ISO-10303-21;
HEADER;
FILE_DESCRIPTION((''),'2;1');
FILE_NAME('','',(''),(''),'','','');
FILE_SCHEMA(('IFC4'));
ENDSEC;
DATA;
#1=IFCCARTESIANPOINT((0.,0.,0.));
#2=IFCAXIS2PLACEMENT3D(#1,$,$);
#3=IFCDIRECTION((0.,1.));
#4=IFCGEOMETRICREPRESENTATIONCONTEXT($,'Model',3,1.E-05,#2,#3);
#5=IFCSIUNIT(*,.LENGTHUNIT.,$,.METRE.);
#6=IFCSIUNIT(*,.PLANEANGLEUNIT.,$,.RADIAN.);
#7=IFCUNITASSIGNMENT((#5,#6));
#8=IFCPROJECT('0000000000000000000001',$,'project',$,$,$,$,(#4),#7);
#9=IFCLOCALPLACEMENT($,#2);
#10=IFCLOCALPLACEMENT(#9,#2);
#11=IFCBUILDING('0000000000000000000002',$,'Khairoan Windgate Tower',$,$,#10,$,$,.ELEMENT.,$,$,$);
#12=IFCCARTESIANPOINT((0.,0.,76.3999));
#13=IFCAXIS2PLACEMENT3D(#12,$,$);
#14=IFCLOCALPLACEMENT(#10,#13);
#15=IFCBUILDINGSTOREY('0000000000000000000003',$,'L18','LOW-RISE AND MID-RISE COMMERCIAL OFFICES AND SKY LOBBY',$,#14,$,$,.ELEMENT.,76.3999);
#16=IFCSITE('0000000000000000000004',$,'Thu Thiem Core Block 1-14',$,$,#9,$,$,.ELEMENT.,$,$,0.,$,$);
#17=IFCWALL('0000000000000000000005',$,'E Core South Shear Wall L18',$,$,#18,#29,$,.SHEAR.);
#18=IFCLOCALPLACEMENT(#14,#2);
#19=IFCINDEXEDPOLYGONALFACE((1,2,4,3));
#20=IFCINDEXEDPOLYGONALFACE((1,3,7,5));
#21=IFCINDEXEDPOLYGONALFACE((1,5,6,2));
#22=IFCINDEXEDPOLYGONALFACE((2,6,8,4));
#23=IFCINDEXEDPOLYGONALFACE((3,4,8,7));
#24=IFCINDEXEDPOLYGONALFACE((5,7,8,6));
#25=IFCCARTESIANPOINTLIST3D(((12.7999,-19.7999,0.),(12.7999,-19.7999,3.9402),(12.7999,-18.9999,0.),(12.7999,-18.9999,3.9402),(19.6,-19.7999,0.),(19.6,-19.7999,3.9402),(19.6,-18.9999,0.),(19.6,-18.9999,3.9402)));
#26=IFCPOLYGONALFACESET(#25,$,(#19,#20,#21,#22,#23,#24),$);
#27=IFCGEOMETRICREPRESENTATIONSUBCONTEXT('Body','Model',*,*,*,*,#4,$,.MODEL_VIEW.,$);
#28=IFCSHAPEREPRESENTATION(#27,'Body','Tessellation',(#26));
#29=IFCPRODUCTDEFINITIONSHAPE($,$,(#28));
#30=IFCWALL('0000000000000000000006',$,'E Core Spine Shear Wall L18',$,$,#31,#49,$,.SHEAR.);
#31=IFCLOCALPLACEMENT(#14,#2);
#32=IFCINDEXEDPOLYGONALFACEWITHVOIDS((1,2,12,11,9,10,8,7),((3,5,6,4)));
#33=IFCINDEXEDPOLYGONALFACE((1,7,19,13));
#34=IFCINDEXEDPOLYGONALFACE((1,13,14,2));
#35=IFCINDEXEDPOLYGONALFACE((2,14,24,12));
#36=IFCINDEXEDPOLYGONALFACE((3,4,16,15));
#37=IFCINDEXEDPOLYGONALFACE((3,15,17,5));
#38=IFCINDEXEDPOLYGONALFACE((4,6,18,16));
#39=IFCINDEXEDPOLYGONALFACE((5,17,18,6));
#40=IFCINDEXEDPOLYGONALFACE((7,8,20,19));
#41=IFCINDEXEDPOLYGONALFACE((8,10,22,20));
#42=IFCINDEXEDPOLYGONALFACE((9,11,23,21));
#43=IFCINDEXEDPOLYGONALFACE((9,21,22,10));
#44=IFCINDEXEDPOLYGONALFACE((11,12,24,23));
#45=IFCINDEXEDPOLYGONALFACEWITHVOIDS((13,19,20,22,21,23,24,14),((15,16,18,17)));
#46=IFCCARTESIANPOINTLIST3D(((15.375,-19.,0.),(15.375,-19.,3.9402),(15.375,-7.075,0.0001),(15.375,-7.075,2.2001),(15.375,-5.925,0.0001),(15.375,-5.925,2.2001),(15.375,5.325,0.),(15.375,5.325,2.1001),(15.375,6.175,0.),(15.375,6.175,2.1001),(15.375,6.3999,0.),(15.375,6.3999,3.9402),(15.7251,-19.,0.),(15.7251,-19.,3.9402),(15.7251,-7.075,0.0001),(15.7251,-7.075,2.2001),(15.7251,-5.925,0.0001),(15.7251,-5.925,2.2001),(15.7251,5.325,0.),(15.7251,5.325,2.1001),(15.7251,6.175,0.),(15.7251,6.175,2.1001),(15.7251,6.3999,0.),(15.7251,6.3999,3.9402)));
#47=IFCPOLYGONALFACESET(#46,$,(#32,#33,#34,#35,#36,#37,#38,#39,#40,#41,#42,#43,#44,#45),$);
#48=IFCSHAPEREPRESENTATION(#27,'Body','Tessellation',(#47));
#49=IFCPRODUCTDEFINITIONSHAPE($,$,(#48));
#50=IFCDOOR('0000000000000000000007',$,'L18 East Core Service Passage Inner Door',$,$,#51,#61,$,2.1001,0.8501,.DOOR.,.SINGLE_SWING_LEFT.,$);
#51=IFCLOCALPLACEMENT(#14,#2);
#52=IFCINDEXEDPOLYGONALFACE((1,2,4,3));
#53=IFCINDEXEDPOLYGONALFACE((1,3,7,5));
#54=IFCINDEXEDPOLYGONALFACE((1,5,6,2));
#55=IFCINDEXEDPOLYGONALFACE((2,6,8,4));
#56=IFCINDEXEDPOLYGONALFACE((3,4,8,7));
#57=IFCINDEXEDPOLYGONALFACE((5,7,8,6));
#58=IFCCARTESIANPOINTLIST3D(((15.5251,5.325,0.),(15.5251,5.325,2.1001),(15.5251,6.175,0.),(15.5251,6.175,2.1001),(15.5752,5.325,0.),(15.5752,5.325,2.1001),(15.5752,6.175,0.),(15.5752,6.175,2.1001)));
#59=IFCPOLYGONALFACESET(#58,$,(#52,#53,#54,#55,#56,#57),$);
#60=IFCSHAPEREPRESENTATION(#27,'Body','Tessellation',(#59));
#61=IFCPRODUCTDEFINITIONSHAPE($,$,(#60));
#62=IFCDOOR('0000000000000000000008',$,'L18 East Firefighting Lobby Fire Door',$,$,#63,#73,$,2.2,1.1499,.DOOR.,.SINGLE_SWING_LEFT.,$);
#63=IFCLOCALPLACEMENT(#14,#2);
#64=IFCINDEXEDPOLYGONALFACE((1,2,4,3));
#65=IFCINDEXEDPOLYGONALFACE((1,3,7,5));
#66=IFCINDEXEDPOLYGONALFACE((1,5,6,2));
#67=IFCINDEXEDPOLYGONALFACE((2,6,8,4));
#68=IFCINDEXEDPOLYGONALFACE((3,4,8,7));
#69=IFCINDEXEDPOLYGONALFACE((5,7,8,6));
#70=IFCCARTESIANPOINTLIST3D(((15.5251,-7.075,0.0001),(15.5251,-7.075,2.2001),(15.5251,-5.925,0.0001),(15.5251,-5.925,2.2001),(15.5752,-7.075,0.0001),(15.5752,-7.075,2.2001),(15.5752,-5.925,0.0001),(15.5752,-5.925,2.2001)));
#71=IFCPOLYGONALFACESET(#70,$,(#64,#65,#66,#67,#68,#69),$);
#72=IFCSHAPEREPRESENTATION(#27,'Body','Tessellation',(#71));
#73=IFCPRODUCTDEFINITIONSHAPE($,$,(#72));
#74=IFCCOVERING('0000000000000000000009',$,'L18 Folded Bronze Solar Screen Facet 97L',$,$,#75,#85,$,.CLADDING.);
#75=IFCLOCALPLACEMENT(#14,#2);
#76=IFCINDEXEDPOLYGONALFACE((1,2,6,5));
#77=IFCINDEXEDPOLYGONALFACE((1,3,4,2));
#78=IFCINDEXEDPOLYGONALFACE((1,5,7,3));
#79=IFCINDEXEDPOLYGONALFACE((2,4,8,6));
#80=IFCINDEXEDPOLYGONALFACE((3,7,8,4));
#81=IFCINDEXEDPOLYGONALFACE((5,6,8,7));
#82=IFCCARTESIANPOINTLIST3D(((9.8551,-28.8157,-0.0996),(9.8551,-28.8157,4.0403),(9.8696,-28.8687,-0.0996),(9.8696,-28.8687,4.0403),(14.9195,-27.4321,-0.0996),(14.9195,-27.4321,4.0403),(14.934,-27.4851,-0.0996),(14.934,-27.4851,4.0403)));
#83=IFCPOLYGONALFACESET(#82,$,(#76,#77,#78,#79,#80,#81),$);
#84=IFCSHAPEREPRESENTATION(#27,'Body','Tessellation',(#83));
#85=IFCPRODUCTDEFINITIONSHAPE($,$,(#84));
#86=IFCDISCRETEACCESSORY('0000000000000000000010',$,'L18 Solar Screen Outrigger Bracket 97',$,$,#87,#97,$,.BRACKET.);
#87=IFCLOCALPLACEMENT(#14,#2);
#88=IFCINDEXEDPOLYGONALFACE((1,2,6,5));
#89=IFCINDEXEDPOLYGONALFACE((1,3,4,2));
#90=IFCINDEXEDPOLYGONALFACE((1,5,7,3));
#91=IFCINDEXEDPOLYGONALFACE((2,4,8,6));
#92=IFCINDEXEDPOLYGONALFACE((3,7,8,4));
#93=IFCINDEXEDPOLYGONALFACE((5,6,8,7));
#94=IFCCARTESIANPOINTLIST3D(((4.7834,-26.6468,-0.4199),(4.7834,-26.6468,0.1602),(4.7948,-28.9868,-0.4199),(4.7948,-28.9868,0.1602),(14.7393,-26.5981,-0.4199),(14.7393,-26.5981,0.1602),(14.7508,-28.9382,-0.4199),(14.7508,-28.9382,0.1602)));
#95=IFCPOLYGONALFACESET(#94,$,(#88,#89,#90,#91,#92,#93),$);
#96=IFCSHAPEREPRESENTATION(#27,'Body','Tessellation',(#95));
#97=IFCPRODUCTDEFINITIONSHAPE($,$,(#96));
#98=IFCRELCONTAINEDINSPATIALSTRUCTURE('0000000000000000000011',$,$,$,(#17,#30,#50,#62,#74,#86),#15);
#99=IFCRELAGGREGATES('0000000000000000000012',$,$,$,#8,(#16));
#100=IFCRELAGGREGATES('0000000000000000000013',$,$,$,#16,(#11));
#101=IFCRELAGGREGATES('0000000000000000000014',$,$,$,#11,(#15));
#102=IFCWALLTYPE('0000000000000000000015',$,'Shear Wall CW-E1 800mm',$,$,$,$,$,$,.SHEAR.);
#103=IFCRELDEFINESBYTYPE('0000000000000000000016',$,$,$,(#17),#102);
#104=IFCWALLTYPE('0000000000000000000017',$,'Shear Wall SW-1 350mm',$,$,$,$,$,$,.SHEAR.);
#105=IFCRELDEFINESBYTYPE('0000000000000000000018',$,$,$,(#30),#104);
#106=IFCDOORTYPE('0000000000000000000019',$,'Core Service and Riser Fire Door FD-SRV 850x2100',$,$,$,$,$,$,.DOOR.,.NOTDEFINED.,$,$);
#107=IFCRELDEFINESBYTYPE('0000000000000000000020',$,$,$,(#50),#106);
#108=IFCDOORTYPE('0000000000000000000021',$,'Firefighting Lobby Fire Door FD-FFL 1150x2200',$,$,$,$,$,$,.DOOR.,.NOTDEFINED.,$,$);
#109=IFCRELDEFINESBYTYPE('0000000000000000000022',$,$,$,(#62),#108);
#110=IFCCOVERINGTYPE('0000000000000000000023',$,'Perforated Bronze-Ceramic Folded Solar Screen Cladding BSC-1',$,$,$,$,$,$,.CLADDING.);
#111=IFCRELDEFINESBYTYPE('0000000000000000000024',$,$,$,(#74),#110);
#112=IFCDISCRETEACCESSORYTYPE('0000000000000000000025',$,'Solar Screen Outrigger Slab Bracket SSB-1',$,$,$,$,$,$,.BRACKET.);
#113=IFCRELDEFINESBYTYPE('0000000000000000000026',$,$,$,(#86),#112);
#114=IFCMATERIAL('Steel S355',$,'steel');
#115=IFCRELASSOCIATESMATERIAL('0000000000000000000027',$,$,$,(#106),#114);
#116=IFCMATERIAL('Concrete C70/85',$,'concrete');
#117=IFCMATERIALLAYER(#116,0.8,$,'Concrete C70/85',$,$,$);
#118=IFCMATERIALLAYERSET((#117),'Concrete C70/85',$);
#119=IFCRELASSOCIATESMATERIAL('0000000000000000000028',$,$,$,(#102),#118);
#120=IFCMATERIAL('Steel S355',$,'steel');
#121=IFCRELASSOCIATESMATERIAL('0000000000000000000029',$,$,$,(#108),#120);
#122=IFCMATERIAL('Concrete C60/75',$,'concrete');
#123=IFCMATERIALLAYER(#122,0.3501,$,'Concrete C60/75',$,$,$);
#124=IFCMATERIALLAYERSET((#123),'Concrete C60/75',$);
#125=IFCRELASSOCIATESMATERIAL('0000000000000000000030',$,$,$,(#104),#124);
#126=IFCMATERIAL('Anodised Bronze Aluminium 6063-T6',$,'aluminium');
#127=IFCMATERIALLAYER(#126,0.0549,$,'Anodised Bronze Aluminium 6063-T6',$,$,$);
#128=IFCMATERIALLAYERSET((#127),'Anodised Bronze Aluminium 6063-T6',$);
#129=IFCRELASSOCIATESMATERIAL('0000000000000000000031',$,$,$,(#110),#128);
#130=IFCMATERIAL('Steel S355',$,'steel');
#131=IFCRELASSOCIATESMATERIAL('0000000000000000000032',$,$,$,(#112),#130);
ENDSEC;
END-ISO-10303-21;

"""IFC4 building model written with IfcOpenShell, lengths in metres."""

from ifc_helpers import new_model, si_unit, direction, frame, frame_2d, origin, origin_2d, place, context, subcontext, project, spatial, rectangle, extrude, material, layer, layer_set, type_object, element, fill, save


model = new_model("IFC4")

# Units and contexts
model_context = context("Model", 3, precision=1e-05, world=origin(), true_north=direction((0.0, 1.0)))
body_context = subcontext(model_context, "Body", "Model", "MODEL_VIEW")
ifc_project = project(units=[si_unit("LENGTHUNIT", "METRE"), si_unit("PLANEANGLEUNIT", "RADIAN")], contexts=[model_context])

# Site, building, storey
site_placement = place(None, origin())
site = spatial("IfcSite", under=ifc_project, at=site_placement, Name="Thu Thiem Core Block 1-14", CompositionType="ELEMENT", RefElevation=0.0)
building_placement = place(site_placement, origin())
building = spatial("IfcBuilding", under=site, at=building_placement, Name="Khairoan Windgate Tower", CompositionType="ELEMENT")
storey_placement = place(building_placement, frame((0.0, 0.0, 76.3999)))
storey = spatial("IfcBuildingStorey", under=building, at=storey_placement, Name="L18", Description="LOW-RISE AND MID-RISE COMMERCIAL OFFICES AND SKY LOBBY", CompositionType="ELEMENT", Elevation=76.3999)

# Shared definitions
ifc_material_1 = material(Name="Steel S355", Category="steel")
door_type_1 = type_object("IfcDoorType", Name="Core Service and Riser Fire Door FD-SRV 850x2100", OperationType="NOTDEFINED", PredefinedType="DOOR", material=ifc_material_1)

# Shared definitions
ifc_material_2 = material(Name="Concrete C70/85", Category="concrete")
ifc_layer_1 = layer(ifc_material_2, 0.8, Name="Concrete C70/85")
ifc_layer_set_1 = layer_set([ifc_layer_1], Name="Concrete C70/85")
wall_type_1 = type_object("IfcWallType", Name="Shear Wall CW-E1 800mm", PredefinedType="SHEAR", material=ifc_layer_set_1)
ifc_material_3 = material(Name="Steel S355", Category="steel")
door_type_2 = type_object("IfcDoorType", Name="Firefighting Lobby Fire Door FD-FFL 1150x2200", OperationType="NOTDEFINED", PredefinedType="DOOR", material=ifc_material_3)

# Wall
wall_1_placement = place(storey_placement, frame((12.8, -19.3999, 0.0), z_axis=(0.0, 0.0, 1.0), x_axis=(1.0, 0.0, 0.0)))
element("IfcWall", 1, at=wall_1_placement, inside=storey, type_object=wall_type_1, Name="E Core South Shear Wall L18", PredefinedType="SHEAR", context=body_context, shape_type="SweptSolid", body=[
    extrude(rectangle(XDim=6.8, YDim=0.8, at=frame_2d((3.3999, 0.0))), origin(), (0.0, 0.0, 1.0), 3.9402),
])

# Wall, openings, doors
ifc_material_4 = material(Name="Concrete C60/75", Category="concrete")
ifc_layer_2 = layer(ifc_material_4, 0.3501, Name="Concrete C60/75")
ifc_layer_set_2 = layer_set([ifc_layer_2], Name="Concrete C60/75")
wall_type_2 = type_object("IfcWallType", Name="Shear Wall SW-1 350mm", PredefinedType="SHEAR", material=ifc_layer_set_2)
wall_2_placement = place(storey_placement, frame((15.55, -19.0, 0.0), z_axis=(0.0, 0.0, 1.0), x_axis=(0.0, 1.0, 0.0)))
wall_2 = element("IfcWall", 2, at=wall_2_placement, inside=storey, type_object=wall_type_2, Name="E Core Spine Shear Wall L18", PredefinedType="SHEAR", context=body_context, shape_type="SweptSolid", body=[
    extrude(rectangle(XDim=25.3999, YDim=0.3501, at=frame_2d((12.7, 0.0))), origin(), (0.0, 0.0, 1.0), 3.9402),
])
opening_1_placement = place(wall_2_placement, frame((11.925, 0.0, 0.0)))
opening_1 = element("IfcOpeningElement", 3, at=opening_1_placement, cuts=wall_2, PredefinedType="OPENING", context=body_context, shape_type="SweptSolid", body=[
    extrude(rectangle(XDim=1.1499, YDim=2.2, at=frame_2d((0.575, 1.1001))), frame((0.0, 0.1851, 0.0), z_axis=(0.0, -1.0, 0.0), x_axis=(1.0, 0.0, 0.0)), (0.0, 0.0, 1.0), 0.3701),
])
opening_2_placement = place(wall_2_placement, frame((24.325, 0.0, 0.0)))
opening_2 = element("IfcOpeningElement", 4, at=opening_2_placement, cuts=wall_2, PredefinedType="OPENING", context=body_context, shape_type="SweptSolid", body=[
    extrude(rectangle(XDim=0.8501, YDim=2.1001, at=frame_2d((0.425, 1.05))), frame((0.0, 0.1851, 0.0), z_axis=(0.0, -1.0, 0.0), x_axis=(1.0, 0.0, 0.0)), (0.0, 0.0, 1.0), 0.3701),
])
door_1_placement = place(opening_2_placement, origin())
door_1 = element("IfcDoor", 5, at=door_1_placement, inside=storey, type_object=door_type_1, Name="L18 East Core Service Passage Inner Door", OperationType="SINGLE_SWING_LEFT", OverallHeight=2.1001, OverallWidth=0.8501, PredefinedType="DOOR", context=body_context, shape_type="SweptSolid", body=[
    extrude(rectangle(XDim=0.8501, YDim=2.1001, at=frame_2d((0.425, 1.05))), frame((0.0, 0.0249, 0.0), z_axis=(0.0, -1.0, 0.0), x_axis=(1.0, 0.0, 0.0)), (0.0, 0.0, 1.0), 0.05),
])
fill(opening_2, door_1)
door_2_placement = place(opening_1_placement, origin())
door_2 = element("IfcDoor", 6, at=door_2_placement, inside=storey, type_object=door_type_2, Name="L18 East Firefighting Lobby Fire Door", OperationType="SINGLE_SWING_LEFT", OverallHeight=2.2, OverallWidth=1.1499, PredefinedType="DOOR", context=body_context, shape_type="SweptSolid", body=[
    extrude(rectangle(XDim=1.1499, YDim=2.2, at=frame_2d((0.575, 1.1001))), frame((0.0, 0.0249, 0.0), z_axis=(0.0, -1.0, 0.0), x_axis=(1.0, 0.0, 0.0)), (0.0, 0.0, 1.0), 0.05),
])
fill(opening_1, door_2)

# Covering
ifc_material_5 = material(Name="Anodised Bronze Aluminium 6063-T6", Category="aluminium")
ifc_layer_3 = layer(ifc_material_5, 0.0549, Name="Anodised Bronze Aluminium 6063-T6")
ifc_layer_set_3 = layer_set([ifc_layer_3], Name="Anodised Bronze Aluminium 6063-T6")
covering_type = type_object("IfcCoveringType", Name="Perforated Bronze-Ceramic Folded Solar Screen Cladding BSC-1", PredefinedType="CLADDING", material=ifc_layer_set_3)
covering_placement = place(storey_placement, frame((12.3945, -28.1504, -0.0996), z_axis=(0.0, 0.0, 1.0), x_axis=(-0.964649, -0.263536, 0.0)))
element("IfcCovering", 7, at=covering_placement, inside=storey, type_object=covering_type, Name="L18 Folded Bronze Solar Screen Facet 97L", PredefinedType="CLADDING", context=body_context, shape_type="SweptSolid", body=[
    extrude(rectangle(XDim=5.25, YDim=0.0549, at=origin_2d()), origin(), (0.0, 0.0, 1.0), 4.1399),
])

# Discrete accessory
ifc_material_6 = material(Name="Steel S355", Category="steel")
discrete_accessory_type = type_object("IfcDiscreteAccessoryType", Name="Solar Screen Outrigger Slab Bracket SSB-1", PredefinedType="BRACKET", material=ifc_material_6)
discrete_accessory_placement = place(storey_placement, frame((9.7671, -27.7925, -0.4199), z_axis=(0.0, 0.0, 1.0), x_axis=(-0.999988, -0.004887, 0.0)))
element("IfcDiscreteAccessory", 8, at=discrete_accessory_placement, inside=storey, type_object=discrete_accessory_type, Name="L18 Solar Screen Outrigger Bracket 97", PredefinedType="BRACKET", context=body_context, shape_type="SweptSolid", body=[
    extrude(rectangle(XDim=9.9561, YDim=2.3401, at=origin_2d()), origin(), (0.0, 0.0, 1.0), 0.5801),
])

save(model, "model.ifc")
